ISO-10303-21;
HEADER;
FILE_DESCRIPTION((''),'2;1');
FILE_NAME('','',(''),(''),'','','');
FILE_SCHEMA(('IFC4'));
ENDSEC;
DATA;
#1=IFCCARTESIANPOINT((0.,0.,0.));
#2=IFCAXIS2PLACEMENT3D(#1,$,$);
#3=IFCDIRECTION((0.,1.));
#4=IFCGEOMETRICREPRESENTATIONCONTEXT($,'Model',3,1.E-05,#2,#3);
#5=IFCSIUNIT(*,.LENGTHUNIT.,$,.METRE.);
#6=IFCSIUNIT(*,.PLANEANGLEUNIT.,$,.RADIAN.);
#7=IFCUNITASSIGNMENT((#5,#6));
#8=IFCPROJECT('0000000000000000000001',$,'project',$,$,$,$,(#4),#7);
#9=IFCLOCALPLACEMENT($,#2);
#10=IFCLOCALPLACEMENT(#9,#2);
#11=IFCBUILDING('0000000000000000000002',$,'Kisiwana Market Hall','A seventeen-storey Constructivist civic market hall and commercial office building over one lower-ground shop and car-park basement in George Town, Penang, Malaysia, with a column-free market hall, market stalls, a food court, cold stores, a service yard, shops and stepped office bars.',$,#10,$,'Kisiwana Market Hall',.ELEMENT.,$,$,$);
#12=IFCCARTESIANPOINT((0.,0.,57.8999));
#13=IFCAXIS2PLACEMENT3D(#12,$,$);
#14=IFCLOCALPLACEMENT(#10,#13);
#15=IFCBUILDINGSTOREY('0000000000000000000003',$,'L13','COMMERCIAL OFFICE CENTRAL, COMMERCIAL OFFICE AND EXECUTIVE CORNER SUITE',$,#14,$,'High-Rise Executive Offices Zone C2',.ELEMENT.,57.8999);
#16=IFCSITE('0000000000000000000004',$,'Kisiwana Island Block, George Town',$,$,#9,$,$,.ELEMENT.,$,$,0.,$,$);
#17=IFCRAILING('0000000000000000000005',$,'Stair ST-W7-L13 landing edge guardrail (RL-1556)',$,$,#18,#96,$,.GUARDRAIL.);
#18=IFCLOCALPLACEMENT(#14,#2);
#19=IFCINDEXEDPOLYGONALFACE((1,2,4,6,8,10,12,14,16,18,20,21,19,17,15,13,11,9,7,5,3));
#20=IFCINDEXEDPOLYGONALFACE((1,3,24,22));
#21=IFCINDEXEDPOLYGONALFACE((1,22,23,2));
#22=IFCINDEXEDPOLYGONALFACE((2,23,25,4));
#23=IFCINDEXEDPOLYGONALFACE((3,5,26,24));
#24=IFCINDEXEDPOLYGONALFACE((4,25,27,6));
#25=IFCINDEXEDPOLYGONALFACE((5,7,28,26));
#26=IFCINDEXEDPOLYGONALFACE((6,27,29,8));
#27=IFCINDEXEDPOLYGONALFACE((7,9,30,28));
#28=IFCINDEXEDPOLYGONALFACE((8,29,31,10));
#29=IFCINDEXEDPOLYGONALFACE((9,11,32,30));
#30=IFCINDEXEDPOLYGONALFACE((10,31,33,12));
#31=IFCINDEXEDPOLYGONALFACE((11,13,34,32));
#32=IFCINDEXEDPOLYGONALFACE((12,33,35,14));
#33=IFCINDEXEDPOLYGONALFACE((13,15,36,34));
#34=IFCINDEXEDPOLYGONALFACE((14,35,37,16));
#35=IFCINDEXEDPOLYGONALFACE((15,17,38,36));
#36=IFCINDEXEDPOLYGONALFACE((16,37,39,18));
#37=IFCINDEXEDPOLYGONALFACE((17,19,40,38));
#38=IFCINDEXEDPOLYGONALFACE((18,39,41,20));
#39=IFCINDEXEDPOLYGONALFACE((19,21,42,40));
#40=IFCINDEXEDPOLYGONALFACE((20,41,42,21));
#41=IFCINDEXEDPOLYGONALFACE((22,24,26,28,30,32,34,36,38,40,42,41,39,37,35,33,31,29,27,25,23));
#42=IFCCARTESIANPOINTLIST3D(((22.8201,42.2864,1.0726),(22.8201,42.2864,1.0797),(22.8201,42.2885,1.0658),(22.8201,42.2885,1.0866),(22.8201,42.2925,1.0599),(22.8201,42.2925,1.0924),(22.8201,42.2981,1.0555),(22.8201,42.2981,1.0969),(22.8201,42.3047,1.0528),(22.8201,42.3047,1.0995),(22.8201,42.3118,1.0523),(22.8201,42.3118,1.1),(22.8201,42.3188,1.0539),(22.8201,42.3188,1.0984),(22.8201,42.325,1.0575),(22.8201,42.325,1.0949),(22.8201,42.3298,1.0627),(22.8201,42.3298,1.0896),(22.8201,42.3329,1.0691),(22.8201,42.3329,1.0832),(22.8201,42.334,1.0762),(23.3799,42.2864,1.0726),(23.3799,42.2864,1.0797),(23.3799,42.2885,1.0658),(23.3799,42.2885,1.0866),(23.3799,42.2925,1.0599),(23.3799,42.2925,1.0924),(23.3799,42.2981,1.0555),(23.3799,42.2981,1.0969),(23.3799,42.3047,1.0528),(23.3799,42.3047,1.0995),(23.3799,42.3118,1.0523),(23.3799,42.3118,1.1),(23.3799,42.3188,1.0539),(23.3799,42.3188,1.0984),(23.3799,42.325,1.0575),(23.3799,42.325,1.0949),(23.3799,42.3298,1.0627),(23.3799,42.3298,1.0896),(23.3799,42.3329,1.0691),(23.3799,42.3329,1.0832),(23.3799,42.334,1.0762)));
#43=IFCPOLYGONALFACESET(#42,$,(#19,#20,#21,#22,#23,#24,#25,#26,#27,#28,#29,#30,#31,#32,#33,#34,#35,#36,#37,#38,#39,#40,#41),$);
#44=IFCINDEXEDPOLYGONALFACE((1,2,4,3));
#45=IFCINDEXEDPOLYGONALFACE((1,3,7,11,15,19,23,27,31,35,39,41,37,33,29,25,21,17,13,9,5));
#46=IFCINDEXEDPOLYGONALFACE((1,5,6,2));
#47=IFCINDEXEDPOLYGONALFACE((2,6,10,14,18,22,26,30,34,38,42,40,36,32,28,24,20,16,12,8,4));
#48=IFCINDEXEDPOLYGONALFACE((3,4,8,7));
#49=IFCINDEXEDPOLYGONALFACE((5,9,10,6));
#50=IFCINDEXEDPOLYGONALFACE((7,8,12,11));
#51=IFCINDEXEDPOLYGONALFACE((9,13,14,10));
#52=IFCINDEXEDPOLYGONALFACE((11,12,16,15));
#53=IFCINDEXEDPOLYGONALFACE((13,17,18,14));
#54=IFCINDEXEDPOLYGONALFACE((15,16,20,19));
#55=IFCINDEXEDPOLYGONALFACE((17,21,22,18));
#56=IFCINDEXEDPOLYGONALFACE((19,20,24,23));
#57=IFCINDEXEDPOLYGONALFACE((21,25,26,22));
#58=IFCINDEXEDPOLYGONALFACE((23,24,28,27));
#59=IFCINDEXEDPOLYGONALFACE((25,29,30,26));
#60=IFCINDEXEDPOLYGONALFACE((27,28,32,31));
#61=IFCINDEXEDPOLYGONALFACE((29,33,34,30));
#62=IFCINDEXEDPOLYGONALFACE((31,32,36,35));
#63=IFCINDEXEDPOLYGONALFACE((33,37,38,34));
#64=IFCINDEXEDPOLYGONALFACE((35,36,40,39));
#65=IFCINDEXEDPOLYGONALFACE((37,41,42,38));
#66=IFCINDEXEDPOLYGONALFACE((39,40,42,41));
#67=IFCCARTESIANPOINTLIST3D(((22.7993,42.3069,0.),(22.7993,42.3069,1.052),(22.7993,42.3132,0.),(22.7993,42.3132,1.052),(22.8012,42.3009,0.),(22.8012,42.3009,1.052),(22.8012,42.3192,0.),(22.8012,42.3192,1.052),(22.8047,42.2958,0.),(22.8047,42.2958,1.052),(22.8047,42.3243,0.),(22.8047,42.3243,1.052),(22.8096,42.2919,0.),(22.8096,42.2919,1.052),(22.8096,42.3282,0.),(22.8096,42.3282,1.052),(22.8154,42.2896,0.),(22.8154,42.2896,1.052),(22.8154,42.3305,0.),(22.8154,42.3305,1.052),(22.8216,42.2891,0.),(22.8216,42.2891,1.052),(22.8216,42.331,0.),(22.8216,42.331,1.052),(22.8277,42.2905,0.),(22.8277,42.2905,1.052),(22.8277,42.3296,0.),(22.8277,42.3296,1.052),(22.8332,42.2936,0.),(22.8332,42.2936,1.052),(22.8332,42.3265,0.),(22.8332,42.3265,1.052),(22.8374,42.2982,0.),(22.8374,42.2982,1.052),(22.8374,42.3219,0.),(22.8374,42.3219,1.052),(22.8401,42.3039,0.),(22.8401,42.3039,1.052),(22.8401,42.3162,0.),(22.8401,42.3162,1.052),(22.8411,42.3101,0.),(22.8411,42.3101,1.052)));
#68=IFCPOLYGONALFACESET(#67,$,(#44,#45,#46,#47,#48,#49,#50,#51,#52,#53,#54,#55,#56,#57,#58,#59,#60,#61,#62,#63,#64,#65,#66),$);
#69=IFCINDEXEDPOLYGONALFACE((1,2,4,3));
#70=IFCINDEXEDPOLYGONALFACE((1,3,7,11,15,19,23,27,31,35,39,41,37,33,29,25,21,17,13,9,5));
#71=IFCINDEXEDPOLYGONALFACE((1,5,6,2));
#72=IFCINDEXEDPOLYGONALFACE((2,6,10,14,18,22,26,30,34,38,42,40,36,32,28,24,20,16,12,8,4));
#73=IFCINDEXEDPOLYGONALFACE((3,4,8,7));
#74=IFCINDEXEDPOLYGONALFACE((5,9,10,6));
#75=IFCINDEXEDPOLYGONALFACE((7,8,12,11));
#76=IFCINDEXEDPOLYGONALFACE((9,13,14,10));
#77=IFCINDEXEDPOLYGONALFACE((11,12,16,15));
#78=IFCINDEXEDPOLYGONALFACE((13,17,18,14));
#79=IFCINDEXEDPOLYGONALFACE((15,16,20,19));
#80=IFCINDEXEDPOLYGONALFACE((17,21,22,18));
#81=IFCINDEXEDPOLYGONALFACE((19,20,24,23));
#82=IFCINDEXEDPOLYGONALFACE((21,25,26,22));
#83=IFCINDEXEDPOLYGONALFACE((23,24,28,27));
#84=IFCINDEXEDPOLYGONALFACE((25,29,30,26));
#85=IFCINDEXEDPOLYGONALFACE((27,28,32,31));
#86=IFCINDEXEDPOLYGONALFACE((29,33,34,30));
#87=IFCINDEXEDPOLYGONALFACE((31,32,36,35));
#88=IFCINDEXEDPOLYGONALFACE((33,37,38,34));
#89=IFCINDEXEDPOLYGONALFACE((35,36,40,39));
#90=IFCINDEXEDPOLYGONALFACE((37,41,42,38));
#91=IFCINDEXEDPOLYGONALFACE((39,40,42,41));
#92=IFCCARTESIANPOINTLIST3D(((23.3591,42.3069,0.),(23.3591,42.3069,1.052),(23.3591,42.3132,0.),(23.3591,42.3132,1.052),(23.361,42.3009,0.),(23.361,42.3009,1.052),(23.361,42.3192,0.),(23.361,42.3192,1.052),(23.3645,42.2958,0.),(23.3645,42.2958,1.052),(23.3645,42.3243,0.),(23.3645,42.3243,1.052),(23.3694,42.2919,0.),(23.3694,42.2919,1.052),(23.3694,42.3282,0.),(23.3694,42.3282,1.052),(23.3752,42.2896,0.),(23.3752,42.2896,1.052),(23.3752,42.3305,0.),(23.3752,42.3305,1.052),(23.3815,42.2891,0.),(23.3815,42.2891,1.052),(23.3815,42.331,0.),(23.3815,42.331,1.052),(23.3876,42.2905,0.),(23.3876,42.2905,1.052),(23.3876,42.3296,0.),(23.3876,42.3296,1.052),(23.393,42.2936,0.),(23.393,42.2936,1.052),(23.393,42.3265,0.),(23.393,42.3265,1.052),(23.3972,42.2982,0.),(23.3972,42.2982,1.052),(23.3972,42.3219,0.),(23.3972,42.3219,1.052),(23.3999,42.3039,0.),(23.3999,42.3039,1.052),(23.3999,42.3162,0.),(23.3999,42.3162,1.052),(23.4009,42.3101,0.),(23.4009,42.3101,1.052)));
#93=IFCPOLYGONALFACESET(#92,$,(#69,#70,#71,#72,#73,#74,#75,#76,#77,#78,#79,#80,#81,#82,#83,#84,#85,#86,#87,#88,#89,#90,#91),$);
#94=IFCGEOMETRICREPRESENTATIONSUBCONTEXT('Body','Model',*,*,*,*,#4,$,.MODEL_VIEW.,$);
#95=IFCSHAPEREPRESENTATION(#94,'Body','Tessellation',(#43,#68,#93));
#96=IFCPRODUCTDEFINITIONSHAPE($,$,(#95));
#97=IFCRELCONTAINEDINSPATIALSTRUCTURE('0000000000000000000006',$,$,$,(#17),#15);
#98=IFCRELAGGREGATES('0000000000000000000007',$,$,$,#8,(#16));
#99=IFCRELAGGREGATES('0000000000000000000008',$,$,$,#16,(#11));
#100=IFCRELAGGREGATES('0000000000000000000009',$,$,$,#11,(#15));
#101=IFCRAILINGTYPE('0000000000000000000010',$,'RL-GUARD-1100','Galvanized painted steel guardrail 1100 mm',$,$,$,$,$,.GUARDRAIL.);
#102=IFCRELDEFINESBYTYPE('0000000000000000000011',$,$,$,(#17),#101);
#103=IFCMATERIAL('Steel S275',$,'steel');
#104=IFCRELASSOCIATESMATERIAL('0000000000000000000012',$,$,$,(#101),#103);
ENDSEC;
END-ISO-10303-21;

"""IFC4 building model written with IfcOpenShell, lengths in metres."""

from ifc_helpers import new_model, si_unit, direction, frame, origin, origin_2d, place, context, subcontext, project, spatial, circle, extrude, material, type_object, element, save


model = new_model("IFC4")

# Units and contexts
model_context = context("Model", 3, precision=1e-05, world=origin(), true_north=direction((0.0, 1.0)))
body_context = subcontext(model_context, "Body", "Model", "MODEL_VIEW")
ifc_project = project(units=[si_unit("LENGTHUNIT", "METRE"), si_unit("PLANEANGLEUNIT", "RADIAN")], contexts=[model_context])

# Site, building, storey
site_placement = place(None, origin())
site = spatial("IfcSite", under=ifc_project, at=site_placement, Name="Kisiwana Island Block, George Town", CompositionType="ELEMENT", RefElevation=0.0)
building_placement = place(site_placement, origin())
building = spatial("IfcBuilding", under=site, at=building_placement, Name="Kisiwana Market Hall", Description="A seventeen-storey Constructivist civic market hall and commercial office building over one lower-ground shop and car-park basement in George Town, Penang, Malaysia, with a column-free market hall, market stalls, a food court, cold stores, a service yard, shops and stepped office bars.", LongName="Kisiwana Market Hall", CompositionType="ELEMENT")
storey_placement = place(building_placement, frame((0.0, 0.0, 57.8999)))
storey = spatial("IfcBuildingStorey", under=building, at=storey_placement, Name="L13", Description="COMMERCIAL OFFICE CENTRAL, COMMERCIAL OFFICE AND EXECUTIVE CORNER SUITE", LongName="High-Rise Executive Offices Zone C2", CompositionType="ELEMENT", Elevation=57.8999)

# Railing
ifc_material_1 = material(Name="Steel S275", Category="steel")
railing_type_1 = type_object("IfcRailingType", Name="RL-GUARD-1100", Description="Galvanized painted steel guardrail 1100 mm", PredefinedType="GUARDRAIL", material=ifc_material_1)
railing_1_placement = place(storey_placement, frame((22.8201, 42.3101, 0.0)))
element("IfcRailing", 1, at=railing_1_placement, inside=storey, type_object=railing_type_1, Name="Stair ST-W7-L13 landing edge guardrail (RL-1556)", PredefinedType="GUARDRAIL", context=body_context, shape_type="SweptSolid", body=[
    extrude(circle(Radius=0.0239, at=origin_2d()), frame((0.0, 0.0, 1.0762), z_axis=(1.0, 0.0, 0.0), x_axis=(0.0, 1.0, 0.0)), (0.0, 0.0, 1.0), 0.5598),
    extrude(circle(Radius=0.021, at=origin_2d()), origin(), (0.0, 0.0, 1.0), 1.052),
    extrude(circle(Radius=0.021, at=origin_2d()), frame((0.5598, 0.0, 0.0)), (0.0, 0.0, 1.0), 1.052),
])

save(model, "model.ifc")
